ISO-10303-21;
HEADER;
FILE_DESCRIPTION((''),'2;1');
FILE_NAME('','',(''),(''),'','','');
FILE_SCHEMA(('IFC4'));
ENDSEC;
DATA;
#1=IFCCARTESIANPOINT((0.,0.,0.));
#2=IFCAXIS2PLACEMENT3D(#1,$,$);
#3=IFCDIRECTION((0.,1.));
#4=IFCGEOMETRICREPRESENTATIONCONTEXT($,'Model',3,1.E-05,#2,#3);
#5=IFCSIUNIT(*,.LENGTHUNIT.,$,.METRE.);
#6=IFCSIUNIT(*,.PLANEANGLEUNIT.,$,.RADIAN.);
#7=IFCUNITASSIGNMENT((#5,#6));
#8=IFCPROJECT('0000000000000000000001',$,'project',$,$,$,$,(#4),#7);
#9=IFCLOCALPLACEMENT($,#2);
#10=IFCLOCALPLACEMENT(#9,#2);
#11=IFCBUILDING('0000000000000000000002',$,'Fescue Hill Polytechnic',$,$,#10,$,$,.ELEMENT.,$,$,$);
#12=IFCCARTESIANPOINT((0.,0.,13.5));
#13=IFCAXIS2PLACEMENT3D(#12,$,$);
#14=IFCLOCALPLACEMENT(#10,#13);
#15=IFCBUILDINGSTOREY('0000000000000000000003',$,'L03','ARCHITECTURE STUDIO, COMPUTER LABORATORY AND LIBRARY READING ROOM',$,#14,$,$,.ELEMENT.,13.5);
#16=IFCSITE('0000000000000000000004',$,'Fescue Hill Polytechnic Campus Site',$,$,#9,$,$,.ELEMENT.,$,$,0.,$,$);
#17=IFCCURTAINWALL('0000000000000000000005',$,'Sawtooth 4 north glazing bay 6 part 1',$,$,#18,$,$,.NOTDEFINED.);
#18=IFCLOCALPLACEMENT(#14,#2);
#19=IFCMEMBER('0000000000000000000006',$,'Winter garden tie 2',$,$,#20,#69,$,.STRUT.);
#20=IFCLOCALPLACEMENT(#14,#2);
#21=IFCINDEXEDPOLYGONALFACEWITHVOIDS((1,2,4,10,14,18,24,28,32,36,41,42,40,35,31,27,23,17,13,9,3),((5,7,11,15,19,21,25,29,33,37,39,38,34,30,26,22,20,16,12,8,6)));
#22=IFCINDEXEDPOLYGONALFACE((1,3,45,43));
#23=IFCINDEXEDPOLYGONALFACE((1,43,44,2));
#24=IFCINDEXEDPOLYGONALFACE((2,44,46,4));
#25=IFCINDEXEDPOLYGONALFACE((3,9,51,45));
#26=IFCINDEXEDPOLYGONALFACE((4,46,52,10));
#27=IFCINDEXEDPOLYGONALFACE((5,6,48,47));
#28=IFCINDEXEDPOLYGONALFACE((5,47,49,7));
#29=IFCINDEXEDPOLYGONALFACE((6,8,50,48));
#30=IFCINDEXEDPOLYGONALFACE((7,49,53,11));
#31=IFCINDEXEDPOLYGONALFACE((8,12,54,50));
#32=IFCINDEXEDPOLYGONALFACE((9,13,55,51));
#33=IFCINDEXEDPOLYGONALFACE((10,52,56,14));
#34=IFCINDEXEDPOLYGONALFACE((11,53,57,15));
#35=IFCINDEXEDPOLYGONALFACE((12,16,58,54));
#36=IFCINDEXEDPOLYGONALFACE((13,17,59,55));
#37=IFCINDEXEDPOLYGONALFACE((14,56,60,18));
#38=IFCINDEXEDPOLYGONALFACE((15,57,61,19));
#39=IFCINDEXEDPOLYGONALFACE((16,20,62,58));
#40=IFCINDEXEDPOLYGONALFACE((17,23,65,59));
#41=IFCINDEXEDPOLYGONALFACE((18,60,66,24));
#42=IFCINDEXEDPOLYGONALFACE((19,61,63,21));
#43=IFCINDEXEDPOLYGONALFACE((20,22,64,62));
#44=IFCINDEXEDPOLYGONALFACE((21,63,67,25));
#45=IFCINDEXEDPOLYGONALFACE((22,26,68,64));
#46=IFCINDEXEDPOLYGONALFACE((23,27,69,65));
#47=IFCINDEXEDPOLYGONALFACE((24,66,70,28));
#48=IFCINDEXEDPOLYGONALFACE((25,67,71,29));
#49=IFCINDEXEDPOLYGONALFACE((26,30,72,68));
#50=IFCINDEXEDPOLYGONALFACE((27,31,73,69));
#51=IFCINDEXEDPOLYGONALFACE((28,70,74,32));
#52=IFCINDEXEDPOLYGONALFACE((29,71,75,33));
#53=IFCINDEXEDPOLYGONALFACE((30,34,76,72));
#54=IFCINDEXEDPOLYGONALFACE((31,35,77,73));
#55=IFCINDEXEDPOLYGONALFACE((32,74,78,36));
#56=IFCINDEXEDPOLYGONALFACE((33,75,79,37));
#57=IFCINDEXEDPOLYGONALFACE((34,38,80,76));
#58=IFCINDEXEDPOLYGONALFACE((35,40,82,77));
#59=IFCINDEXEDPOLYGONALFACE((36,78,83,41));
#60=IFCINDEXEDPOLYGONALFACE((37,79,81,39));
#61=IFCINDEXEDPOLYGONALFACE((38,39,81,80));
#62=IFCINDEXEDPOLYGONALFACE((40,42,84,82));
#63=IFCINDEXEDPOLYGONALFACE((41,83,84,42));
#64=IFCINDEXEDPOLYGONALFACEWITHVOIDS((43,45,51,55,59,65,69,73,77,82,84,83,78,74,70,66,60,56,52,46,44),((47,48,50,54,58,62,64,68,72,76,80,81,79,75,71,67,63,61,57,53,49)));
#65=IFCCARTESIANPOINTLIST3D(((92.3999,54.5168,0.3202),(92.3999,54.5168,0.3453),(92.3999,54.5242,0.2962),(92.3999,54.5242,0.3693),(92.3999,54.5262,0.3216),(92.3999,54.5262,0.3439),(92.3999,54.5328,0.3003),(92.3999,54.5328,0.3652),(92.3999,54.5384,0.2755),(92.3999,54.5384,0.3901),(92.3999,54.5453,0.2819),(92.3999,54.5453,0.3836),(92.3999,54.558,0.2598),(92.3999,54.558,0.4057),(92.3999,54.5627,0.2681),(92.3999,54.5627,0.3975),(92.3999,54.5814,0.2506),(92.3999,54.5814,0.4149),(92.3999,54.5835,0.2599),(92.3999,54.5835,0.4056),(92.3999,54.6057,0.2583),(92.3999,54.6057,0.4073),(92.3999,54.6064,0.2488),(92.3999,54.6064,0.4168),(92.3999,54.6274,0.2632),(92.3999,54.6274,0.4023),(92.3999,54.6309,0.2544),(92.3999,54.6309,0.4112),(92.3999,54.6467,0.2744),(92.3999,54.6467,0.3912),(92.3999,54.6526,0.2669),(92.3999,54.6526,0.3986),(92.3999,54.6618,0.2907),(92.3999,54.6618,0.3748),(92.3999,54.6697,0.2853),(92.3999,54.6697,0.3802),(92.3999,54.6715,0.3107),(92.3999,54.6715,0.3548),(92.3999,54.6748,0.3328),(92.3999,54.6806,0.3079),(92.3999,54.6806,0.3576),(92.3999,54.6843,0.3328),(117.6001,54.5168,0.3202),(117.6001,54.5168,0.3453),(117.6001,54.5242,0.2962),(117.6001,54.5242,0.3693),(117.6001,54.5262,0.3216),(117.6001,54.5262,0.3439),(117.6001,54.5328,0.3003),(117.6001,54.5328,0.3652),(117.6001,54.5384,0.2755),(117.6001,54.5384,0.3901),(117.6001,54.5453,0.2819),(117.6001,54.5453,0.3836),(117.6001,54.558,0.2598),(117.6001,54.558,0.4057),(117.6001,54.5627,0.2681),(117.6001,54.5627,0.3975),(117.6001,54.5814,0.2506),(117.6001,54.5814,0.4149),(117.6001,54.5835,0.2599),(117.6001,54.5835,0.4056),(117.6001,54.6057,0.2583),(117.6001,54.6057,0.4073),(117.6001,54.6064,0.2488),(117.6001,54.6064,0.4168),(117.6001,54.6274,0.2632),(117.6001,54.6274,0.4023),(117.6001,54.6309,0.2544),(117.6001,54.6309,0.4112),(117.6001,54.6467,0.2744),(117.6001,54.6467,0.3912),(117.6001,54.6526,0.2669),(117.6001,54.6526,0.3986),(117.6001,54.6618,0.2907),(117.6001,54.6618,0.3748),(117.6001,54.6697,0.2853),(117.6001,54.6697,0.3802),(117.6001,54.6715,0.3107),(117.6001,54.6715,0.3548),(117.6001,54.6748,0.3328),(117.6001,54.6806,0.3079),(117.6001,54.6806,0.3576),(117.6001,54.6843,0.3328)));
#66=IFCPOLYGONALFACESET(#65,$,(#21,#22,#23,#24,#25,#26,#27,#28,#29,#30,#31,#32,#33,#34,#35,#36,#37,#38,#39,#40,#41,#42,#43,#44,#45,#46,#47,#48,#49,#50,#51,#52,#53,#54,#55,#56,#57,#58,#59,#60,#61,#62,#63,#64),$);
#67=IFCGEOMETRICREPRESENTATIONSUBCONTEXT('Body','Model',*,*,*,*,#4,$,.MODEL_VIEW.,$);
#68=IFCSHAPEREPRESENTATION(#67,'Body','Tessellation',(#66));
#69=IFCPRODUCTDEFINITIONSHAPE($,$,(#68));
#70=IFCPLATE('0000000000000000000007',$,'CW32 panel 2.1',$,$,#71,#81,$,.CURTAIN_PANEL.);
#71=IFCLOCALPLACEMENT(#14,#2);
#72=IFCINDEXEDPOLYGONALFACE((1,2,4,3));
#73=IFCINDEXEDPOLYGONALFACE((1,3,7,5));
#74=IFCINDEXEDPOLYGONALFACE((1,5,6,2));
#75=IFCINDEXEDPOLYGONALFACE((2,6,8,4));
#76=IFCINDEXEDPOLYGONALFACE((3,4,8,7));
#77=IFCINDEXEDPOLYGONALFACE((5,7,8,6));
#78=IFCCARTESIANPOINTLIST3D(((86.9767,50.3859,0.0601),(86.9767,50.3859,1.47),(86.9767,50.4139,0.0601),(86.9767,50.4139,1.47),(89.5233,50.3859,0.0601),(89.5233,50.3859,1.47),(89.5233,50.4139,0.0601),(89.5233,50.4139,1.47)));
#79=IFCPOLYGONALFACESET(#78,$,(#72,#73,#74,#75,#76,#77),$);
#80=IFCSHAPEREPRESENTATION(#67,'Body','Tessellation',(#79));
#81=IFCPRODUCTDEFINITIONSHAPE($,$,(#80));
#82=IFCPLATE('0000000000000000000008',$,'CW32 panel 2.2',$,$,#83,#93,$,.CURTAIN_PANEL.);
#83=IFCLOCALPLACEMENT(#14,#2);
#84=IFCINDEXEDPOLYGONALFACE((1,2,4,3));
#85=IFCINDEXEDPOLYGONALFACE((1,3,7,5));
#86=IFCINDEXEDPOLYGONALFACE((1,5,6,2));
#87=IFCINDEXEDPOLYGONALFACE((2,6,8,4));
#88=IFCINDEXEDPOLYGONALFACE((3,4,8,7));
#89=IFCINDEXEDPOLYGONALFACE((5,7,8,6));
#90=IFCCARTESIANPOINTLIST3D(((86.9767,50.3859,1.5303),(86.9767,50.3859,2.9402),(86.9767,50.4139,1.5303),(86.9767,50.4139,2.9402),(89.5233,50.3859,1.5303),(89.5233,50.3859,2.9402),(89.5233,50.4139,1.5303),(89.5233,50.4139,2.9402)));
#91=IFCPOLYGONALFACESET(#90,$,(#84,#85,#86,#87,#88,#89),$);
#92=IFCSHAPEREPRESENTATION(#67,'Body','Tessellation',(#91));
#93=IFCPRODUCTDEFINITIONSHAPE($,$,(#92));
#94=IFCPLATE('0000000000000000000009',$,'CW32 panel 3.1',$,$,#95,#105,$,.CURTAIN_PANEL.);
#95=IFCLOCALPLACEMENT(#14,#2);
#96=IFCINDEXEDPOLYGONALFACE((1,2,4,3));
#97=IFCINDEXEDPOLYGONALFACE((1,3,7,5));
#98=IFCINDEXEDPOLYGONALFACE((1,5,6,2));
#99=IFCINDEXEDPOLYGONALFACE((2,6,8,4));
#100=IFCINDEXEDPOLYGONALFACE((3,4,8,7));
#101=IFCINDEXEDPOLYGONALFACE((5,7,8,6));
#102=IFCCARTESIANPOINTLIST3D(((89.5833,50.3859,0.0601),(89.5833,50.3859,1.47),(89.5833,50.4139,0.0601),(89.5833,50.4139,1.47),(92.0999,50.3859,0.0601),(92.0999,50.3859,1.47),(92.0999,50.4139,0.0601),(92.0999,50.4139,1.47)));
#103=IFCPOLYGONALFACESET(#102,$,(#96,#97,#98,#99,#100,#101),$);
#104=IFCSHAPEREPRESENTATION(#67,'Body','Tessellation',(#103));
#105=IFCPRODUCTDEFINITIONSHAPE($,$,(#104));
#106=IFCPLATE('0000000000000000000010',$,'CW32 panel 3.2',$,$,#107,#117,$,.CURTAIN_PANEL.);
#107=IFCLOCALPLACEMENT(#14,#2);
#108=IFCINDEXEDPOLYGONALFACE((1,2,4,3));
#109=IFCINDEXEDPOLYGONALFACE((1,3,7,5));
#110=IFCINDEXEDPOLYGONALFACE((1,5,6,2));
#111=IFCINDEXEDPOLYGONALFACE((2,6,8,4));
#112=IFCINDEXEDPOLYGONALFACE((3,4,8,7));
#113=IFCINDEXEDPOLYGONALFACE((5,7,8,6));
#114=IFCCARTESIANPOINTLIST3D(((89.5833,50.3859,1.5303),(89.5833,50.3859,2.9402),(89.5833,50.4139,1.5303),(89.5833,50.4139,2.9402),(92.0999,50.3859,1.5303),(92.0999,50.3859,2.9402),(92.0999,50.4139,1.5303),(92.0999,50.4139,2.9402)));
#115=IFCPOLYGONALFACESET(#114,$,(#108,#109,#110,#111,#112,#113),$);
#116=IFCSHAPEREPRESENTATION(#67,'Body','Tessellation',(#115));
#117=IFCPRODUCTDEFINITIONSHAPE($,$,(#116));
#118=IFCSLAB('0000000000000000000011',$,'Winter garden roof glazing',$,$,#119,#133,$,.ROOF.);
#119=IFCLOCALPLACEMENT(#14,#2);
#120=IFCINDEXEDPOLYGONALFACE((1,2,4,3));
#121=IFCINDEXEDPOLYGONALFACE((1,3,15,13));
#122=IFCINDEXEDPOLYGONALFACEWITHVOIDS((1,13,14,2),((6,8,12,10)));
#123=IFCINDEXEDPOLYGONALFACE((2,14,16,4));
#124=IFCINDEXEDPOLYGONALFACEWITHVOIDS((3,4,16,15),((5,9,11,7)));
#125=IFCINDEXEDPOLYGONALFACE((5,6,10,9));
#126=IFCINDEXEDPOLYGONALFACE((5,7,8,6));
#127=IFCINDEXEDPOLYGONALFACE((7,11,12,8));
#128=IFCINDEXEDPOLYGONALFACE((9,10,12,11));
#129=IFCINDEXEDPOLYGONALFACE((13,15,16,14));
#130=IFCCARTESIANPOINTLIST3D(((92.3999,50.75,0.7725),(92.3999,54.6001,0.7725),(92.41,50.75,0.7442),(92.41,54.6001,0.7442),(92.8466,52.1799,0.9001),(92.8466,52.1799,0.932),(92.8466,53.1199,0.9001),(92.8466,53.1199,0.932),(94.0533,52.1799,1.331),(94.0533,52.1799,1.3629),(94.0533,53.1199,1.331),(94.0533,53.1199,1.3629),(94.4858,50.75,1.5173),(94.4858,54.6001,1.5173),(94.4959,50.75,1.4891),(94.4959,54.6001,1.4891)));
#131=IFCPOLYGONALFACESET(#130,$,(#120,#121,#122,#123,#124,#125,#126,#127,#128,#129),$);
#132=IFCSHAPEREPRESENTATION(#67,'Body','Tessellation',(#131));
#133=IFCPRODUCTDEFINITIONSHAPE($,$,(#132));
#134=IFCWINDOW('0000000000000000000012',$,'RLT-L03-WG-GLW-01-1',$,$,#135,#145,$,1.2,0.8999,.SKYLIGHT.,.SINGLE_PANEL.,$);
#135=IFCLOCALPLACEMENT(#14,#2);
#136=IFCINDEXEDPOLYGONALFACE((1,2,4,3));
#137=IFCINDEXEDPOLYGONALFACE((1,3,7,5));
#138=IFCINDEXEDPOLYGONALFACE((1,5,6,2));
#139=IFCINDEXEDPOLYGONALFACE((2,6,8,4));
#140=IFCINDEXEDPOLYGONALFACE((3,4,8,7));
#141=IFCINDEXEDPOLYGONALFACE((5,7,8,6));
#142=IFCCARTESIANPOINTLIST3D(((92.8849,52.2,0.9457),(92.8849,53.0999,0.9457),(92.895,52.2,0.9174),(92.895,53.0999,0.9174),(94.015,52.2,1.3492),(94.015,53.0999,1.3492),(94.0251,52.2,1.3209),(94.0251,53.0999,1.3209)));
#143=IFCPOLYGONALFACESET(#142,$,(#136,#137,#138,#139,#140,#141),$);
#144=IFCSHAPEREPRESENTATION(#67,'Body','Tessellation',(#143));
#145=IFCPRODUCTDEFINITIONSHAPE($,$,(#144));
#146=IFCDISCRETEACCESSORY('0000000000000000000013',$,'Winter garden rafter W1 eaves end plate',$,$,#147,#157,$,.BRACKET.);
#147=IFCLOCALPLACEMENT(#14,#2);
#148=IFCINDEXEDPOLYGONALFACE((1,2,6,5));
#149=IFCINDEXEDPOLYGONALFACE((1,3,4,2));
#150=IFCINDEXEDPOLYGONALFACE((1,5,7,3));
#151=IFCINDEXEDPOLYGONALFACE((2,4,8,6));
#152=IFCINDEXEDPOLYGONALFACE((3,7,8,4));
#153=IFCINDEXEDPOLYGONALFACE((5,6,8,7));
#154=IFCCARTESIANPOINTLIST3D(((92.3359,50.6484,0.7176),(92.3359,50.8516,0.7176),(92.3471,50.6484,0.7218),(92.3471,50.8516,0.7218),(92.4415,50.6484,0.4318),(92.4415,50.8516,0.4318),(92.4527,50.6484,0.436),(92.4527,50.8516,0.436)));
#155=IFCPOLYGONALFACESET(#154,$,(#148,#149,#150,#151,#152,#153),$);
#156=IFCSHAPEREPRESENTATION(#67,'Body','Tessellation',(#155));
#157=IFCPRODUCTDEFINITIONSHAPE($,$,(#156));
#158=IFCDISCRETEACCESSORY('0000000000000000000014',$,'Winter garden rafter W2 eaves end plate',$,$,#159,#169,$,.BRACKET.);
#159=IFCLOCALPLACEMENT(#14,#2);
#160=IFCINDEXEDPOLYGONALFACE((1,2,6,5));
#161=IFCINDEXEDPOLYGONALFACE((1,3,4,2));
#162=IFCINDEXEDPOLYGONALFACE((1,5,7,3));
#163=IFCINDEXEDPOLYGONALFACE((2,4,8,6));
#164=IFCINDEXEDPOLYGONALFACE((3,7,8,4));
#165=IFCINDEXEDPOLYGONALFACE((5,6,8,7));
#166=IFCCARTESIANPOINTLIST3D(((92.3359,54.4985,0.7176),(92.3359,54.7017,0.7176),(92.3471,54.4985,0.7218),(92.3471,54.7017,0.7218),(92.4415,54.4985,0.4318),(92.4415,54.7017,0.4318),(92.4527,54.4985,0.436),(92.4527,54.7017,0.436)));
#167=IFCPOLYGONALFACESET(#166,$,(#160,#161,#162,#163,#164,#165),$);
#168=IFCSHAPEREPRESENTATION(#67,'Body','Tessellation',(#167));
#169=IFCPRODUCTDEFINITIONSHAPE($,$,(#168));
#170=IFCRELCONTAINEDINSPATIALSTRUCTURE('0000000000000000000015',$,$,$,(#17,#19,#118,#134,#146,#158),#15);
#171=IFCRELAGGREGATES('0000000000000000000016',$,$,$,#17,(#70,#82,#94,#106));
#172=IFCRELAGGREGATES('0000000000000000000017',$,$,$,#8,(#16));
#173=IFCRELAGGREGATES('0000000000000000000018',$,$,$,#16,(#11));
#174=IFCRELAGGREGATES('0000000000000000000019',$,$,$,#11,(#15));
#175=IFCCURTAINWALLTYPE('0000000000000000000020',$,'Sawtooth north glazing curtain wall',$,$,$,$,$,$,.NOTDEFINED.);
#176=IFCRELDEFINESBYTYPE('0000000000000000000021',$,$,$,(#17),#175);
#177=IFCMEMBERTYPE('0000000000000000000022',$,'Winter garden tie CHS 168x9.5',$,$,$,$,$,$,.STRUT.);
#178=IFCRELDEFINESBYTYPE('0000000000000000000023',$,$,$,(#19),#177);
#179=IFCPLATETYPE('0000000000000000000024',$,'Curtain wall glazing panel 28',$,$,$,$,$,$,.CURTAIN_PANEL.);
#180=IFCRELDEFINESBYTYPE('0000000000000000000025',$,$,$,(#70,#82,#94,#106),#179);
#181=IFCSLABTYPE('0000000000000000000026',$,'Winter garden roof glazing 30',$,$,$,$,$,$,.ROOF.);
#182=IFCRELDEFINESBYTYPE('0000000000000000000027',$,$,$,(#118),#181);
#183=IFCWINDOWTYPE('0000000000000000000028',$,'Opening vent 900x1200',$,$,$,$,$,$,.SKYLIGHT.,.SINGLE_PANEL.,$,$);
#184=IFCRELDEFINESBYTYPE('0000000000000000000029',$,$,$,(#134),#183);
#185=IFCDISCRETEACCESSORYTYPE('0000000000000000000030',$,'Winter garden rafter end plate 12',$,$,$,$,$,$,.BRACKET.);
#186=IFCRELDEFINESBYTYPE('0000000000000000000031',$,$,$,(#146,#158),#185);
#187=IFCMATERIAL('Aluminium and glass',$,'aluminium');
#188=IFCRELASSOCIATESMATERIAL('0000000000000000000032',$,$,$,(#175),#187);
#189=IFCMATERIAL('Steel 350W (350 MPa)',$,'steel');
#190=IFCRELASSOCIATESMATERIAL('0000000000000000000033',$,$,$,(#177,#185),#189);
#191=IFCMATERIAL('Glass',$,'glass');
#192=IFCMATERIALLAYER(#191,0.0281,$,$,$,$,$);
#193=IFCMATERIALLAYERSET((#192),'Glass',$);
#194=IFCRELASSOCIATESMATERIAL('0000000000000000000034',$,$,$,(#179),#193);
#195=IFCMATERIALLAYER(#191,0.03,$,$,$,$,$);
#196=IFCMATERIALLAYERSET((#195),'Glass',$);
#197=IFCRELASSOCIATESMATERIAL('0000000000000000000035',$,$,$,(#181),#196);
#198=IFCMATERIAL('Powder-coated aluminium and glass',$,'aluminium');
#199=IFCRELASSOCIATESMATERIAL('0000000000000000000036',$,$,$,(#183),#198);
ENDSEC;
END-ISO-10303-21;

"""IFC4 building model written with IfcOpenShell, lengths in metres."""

from ifc_helpers import new_model, si_unit, direction, frame, origin, origin_2d, place, context, subcontext, project, spatial, polyline, rectangle, hollow_circle, outline, extrude, material, layer, layer_set, material_profile, profile_set, type_object, element, fill, aggregate, save


model = new_model("IFC4")

# Units and contexts
model_context = context("Model", 3, precision=1e-05, world=origin(), true_north=direction((0.0, 1.0)))
body_context = subcontext(model_context, "Body", "Model", "MODEL_VIEW")
ifc_project = project(units=[si_unit("LENGTHUNIT", "METRE"), si_unit("PLANEANGLEUNIT", "RADIAN")], contexts=[model_context])

# Site, building, storey
site_placement = place(None, origin())
site = spatial("IfcSite", under=ifc_project, at=site_placement, Name="Fescue Hill Polytechnic Campus Site", CompositionType="ELEMENT", RefElevation=0.0)
building_placement = place(site_placement, origin())
building = spatial("IfcBuilding", under=site, at=building_placement, Name="Fescue Hill Polytechnic", CompositionType="ELEMENT")
storey_placement = place(building_placement, frame((0.0, 0.0, 13.5)))
storey = spatial("IfcBuildingStorey", under=building, at=storey_placement, Name="L03", Description="ARCHITECTURE STUDIO, COMPUTER LABORATORY AND LIBRARY READING ROOM", CompositionType="ELEMENT", Elevation=13.5)

# Curtain wall
ifc_material_1 = material(Name="Aluminium and glass", Category="aluminium")
curtain_wall_type = type_object("IfcCurtainWallType", Name="Sawtooth north glazing curtain wall", PredefinedType="NOTDEFINED", material=ifc_material_1)
curtain_wall_placement = place(storey_placement, origin())
curtain_wall = element("IfcCurtainWall", 1, at=curtain_wall_placement, inside=storey, type_object=curtain_wall_type, Name="Sawtooth 4 north glazing bay 6 part 1", PredefinedType="NOTDEFINED")

# Member
ifc_material_2 = material(Name="Steel 350W (350 MPa)", Category="steel")
ifc_material_profile_1 = material_profile(ifc_material_2, hollow_circle(Radius=0.0842, WallThickness=0.0095, at=origin_2d()), Name="Winter garden tie CHS 168x9.5")
ifc_profile_set_1 = profile_set([ifc_material_profile_1], Name="Steel 350W (350 MPa)")
member_type_1 = type_object("IfcMemberType", Name="Winter garden tie CHS 168x9.5", PredefinedType="STRUT", material=ifc_profile_set_1)
for number, where, z_axis, x_axis, name in (
    (2, (92.3999, 54.6001, 0.3328), (1.0, 0.0, 0.0), (0.0, 1.0, 0.0), "Winter garden tie 2"),
):
    element("IfcMember", number, at=place(storey_placement, frame(where, z_axis=z_axis, x_axis=x_axis)), inside=storey, type_object=member_type_1, Name=name, PredefinedType="STRUT", context=body_context, shape_type="SweptSolid", body=[
        extrude(hollow_circle(Radius=0.0842, WallThickness=0.0095, at=origin_2d()), origin(), (0.0, 0.0, 1.0), 25.2002),
    ])

# Plates
ifc_material_3 = material(Name="Glass", Category="glass")
ifc_layer_1 = layer(ifc_material_3, 0.0281)
ifc_layer_set_1 = layer_set([ifc_layer_1], Name="Glass")
plate_type = type_object("IfcPlateType", Name="Curtain wall glazing panel 28", PredefinedType="CURTAIN_PANEL", material=ifc_layer_set_1)
plate_1_placement = place(storey_placement, frame((88.25, 50.3999, 0.0601), z_axis=(0.0, 0.0, 1.0), x_axis=(1.0, 0.0, 0.0)))
plate_1 = element("IfcPlate", 3, at=plate_1_placement, type_object=plate_type, Name="CW32 panel 2.1", PredefinedType="CURTAIN_PANEL", context=body_context, shape_type="SweptSolid", body=[
    extrude(rectangle(XDim=2.5466, YDim=0.0281, at=origin_2d()), origin(), (0.0, 0.0, 1.0), 1.4099),
])
plate_2_placement = place(storey_placement, frame((88.25, 50.3999, 1.5303), z_axis=(0.0, 0.0, 1.0), x_axis=(1.0, 0.0, 0.0)))
plate_2 = element("IfcPlate", 4, at=plate_2_placement, type_object=plate_type, Name="CW32 panel 2.2", PredefinedType="CURTAIN_PANEL", context=body_context, shape_type="SweptSolid", body=[
    extrude(rectangle(XDim=2.5466, YDim=0.0281, at=origin_2d()), origin(), (0.0, 0.0, 1.0), 1.4099),
])
plate_3_placement = place(storey_placement, frame((90.8416, 50.3999, 0.0601), z_axis=(0.0, 0.0, 1.0), x_axis=(1.0, 0.0, 0.0)))
plate_3 = element("IfcPlate", 5, at=plate_3_placement, type_object=plate_type, Name="CW32 panel 3.1", PredefinedType="CURTAIN_PANEL", context=body_context, shape_type="SweptSolid", body=[
    extrude(rectangle(XDim=2.5166, YDim=0.0281, at=origin_2d()), origin(), (0.0, 0.0, 1.0), 1.4099),
])
plate_4_placement = place(storey_placement, frame((90.8416, 50.3999, 1.5303), z_axis=(0.0, 0.0, 1.0), x_axis=(1.0, 0.0, 0.0)))
plate_4 = element("IfcPlate", 6, at=plate_4_placement, type_object=plate_type, Name="CW32 panel 3.2", PredefinedType="CURTAIN_PANEL", context=body_context, shape_type="SweptSolid", body=[
    extrude(rectangle(XDim=2.5166, YDim=0.0281, at=origin_2d()), origin(), (0.0, 0.0, 1.0), 1.4099),
])
aggregate(curtain_wall, [plate_1, plate_2, plate_3, plate_4])

# Slab, opening, window
ifc_layer_2 = layer(ifc_material_3, 0.03)
ifc_layer_set_2 = layer_set([ifc_layer_2], Name="Glass")
slab_type = type_object("IfcSlabType", Name="Winter garden roof glazing 30", PredefinedType="ROOF", material=ifc_layer_set_2)
slab_placement = place(storey_placement, frame((92.3999, 50.75, 0.7725), z_axis=(-0.336295, 0.0, 0.941757), x_axis=(0.0, 1.0, 0.0)))
slab = element("IfcSlab", 7, at=slab_placement, inside=storey, type_object=slab_type, Name="Winter garden roof glazing", PredefinedType="ROOF", context=body_context, shape_type="SweptSolid", body=[
    extrude(outline(polyline([(0.0, 0.0), (3.8501, 0.0), (3.8501, -2.2149), (0.0, -2.2149), (0.0, 0.0)])), origin(), (0.0, 0.0, -1.0), 0.03),
])
opening_placement = place(storey_placement, frame((93.45, 52.6499, 0.8013)))
opening = element("IfcOpeningElement", 8, at=opening_placement, cuts=slab, PredefinedType="OPENING", context=body_context, shape_type="SweptSolid", body=[
    extrude(rectangle(XDim=1.2068, YDim=0.9399, at=origin_2d()), origin(), (0.0, 0.0, 1.0), 0.6604),
])
ifc_material_4 = material(Name="Powder-coated aluminium and glass", Category="aluminium")
window_type = type_object("IfcWindowType", Name="Opening vent 900x1200", PartitioningType="SINGLE_PANEL", PredefinedType="SKYLIGHT", material=ifc_material_4)
window_placement = place(storey_placement, frame((93.45, 52.6499, 1.1475), z_axis=(-0.336295, 0.0, 0.941757), x_axis=(0.0, 1.0, 0.0)))
window = element("IfcWindow", 9, at=window_placement, inside=storey, type_object=window_type, Name="RLT-L03-WG-GLW-01-1", OverallHeight=1.2, OverallWidth=0.8999, PartitioningType="SINGLE_PANEL", PredefinedType="SKYLIGHT", context=body_context, shape_type="SweptSolid", body=[
    extrude(rectangle(XDim=0.8999, YDim=1.2, at=origin_2d()), origin(), (0.0, 0.0, -1.0), 0.03),
])
fill(opening, window)

# Discrete accessories
ifc_material_profile_2 = material_profile(ifc_material_2, rectangle(XDim=0.2031, YDim=0.3047, at=origin_2d()), Name="Winter garden rafter end plate 12")
ifc_profile_set_2 = profile_set([ifc_material_profile_2], Name="Steel 350W (350 MPa)")
discrete_accessory_type = type_object("IfcDiscreteAccessoryType", Name="Winter garden rafter end plate 12", PredefinedType="BRACKET", material=ifc_profile_set_2)
for number, where, z_axis, x_axis, name in (
    (10, (92.3887, 50.75, 0.5747), (0.937994, 0.0, 0.34665), (0.0, 1.0, 0.0), "Winter garden rafter W1 eaves end plate"),
    (11, (92.3887, 54.6001, 0.5747), (0.937994, 0.0, 0.34665), (0.0, 1.0, 0.0), "Winter garden rafter W2 eaves end plate"),
):
    element("IfcDiscreteAccessory", number, at=place(storey_placement, frame(where, z_axis=z_axis, x_axis=x_axis)), inside=storey, type_object=discrete_accessory_type, Name=name, PredefinedType="BRACKET", context=body_context, shape_type="SweptSolid", body=[
        extrude(rectangle(XDim=0.2031, YDim=0.3047, at=origin_2d()), origin(), (0.0, 0.0, 1.0), 0.012),
    ])

save(model, "model.ifc")
